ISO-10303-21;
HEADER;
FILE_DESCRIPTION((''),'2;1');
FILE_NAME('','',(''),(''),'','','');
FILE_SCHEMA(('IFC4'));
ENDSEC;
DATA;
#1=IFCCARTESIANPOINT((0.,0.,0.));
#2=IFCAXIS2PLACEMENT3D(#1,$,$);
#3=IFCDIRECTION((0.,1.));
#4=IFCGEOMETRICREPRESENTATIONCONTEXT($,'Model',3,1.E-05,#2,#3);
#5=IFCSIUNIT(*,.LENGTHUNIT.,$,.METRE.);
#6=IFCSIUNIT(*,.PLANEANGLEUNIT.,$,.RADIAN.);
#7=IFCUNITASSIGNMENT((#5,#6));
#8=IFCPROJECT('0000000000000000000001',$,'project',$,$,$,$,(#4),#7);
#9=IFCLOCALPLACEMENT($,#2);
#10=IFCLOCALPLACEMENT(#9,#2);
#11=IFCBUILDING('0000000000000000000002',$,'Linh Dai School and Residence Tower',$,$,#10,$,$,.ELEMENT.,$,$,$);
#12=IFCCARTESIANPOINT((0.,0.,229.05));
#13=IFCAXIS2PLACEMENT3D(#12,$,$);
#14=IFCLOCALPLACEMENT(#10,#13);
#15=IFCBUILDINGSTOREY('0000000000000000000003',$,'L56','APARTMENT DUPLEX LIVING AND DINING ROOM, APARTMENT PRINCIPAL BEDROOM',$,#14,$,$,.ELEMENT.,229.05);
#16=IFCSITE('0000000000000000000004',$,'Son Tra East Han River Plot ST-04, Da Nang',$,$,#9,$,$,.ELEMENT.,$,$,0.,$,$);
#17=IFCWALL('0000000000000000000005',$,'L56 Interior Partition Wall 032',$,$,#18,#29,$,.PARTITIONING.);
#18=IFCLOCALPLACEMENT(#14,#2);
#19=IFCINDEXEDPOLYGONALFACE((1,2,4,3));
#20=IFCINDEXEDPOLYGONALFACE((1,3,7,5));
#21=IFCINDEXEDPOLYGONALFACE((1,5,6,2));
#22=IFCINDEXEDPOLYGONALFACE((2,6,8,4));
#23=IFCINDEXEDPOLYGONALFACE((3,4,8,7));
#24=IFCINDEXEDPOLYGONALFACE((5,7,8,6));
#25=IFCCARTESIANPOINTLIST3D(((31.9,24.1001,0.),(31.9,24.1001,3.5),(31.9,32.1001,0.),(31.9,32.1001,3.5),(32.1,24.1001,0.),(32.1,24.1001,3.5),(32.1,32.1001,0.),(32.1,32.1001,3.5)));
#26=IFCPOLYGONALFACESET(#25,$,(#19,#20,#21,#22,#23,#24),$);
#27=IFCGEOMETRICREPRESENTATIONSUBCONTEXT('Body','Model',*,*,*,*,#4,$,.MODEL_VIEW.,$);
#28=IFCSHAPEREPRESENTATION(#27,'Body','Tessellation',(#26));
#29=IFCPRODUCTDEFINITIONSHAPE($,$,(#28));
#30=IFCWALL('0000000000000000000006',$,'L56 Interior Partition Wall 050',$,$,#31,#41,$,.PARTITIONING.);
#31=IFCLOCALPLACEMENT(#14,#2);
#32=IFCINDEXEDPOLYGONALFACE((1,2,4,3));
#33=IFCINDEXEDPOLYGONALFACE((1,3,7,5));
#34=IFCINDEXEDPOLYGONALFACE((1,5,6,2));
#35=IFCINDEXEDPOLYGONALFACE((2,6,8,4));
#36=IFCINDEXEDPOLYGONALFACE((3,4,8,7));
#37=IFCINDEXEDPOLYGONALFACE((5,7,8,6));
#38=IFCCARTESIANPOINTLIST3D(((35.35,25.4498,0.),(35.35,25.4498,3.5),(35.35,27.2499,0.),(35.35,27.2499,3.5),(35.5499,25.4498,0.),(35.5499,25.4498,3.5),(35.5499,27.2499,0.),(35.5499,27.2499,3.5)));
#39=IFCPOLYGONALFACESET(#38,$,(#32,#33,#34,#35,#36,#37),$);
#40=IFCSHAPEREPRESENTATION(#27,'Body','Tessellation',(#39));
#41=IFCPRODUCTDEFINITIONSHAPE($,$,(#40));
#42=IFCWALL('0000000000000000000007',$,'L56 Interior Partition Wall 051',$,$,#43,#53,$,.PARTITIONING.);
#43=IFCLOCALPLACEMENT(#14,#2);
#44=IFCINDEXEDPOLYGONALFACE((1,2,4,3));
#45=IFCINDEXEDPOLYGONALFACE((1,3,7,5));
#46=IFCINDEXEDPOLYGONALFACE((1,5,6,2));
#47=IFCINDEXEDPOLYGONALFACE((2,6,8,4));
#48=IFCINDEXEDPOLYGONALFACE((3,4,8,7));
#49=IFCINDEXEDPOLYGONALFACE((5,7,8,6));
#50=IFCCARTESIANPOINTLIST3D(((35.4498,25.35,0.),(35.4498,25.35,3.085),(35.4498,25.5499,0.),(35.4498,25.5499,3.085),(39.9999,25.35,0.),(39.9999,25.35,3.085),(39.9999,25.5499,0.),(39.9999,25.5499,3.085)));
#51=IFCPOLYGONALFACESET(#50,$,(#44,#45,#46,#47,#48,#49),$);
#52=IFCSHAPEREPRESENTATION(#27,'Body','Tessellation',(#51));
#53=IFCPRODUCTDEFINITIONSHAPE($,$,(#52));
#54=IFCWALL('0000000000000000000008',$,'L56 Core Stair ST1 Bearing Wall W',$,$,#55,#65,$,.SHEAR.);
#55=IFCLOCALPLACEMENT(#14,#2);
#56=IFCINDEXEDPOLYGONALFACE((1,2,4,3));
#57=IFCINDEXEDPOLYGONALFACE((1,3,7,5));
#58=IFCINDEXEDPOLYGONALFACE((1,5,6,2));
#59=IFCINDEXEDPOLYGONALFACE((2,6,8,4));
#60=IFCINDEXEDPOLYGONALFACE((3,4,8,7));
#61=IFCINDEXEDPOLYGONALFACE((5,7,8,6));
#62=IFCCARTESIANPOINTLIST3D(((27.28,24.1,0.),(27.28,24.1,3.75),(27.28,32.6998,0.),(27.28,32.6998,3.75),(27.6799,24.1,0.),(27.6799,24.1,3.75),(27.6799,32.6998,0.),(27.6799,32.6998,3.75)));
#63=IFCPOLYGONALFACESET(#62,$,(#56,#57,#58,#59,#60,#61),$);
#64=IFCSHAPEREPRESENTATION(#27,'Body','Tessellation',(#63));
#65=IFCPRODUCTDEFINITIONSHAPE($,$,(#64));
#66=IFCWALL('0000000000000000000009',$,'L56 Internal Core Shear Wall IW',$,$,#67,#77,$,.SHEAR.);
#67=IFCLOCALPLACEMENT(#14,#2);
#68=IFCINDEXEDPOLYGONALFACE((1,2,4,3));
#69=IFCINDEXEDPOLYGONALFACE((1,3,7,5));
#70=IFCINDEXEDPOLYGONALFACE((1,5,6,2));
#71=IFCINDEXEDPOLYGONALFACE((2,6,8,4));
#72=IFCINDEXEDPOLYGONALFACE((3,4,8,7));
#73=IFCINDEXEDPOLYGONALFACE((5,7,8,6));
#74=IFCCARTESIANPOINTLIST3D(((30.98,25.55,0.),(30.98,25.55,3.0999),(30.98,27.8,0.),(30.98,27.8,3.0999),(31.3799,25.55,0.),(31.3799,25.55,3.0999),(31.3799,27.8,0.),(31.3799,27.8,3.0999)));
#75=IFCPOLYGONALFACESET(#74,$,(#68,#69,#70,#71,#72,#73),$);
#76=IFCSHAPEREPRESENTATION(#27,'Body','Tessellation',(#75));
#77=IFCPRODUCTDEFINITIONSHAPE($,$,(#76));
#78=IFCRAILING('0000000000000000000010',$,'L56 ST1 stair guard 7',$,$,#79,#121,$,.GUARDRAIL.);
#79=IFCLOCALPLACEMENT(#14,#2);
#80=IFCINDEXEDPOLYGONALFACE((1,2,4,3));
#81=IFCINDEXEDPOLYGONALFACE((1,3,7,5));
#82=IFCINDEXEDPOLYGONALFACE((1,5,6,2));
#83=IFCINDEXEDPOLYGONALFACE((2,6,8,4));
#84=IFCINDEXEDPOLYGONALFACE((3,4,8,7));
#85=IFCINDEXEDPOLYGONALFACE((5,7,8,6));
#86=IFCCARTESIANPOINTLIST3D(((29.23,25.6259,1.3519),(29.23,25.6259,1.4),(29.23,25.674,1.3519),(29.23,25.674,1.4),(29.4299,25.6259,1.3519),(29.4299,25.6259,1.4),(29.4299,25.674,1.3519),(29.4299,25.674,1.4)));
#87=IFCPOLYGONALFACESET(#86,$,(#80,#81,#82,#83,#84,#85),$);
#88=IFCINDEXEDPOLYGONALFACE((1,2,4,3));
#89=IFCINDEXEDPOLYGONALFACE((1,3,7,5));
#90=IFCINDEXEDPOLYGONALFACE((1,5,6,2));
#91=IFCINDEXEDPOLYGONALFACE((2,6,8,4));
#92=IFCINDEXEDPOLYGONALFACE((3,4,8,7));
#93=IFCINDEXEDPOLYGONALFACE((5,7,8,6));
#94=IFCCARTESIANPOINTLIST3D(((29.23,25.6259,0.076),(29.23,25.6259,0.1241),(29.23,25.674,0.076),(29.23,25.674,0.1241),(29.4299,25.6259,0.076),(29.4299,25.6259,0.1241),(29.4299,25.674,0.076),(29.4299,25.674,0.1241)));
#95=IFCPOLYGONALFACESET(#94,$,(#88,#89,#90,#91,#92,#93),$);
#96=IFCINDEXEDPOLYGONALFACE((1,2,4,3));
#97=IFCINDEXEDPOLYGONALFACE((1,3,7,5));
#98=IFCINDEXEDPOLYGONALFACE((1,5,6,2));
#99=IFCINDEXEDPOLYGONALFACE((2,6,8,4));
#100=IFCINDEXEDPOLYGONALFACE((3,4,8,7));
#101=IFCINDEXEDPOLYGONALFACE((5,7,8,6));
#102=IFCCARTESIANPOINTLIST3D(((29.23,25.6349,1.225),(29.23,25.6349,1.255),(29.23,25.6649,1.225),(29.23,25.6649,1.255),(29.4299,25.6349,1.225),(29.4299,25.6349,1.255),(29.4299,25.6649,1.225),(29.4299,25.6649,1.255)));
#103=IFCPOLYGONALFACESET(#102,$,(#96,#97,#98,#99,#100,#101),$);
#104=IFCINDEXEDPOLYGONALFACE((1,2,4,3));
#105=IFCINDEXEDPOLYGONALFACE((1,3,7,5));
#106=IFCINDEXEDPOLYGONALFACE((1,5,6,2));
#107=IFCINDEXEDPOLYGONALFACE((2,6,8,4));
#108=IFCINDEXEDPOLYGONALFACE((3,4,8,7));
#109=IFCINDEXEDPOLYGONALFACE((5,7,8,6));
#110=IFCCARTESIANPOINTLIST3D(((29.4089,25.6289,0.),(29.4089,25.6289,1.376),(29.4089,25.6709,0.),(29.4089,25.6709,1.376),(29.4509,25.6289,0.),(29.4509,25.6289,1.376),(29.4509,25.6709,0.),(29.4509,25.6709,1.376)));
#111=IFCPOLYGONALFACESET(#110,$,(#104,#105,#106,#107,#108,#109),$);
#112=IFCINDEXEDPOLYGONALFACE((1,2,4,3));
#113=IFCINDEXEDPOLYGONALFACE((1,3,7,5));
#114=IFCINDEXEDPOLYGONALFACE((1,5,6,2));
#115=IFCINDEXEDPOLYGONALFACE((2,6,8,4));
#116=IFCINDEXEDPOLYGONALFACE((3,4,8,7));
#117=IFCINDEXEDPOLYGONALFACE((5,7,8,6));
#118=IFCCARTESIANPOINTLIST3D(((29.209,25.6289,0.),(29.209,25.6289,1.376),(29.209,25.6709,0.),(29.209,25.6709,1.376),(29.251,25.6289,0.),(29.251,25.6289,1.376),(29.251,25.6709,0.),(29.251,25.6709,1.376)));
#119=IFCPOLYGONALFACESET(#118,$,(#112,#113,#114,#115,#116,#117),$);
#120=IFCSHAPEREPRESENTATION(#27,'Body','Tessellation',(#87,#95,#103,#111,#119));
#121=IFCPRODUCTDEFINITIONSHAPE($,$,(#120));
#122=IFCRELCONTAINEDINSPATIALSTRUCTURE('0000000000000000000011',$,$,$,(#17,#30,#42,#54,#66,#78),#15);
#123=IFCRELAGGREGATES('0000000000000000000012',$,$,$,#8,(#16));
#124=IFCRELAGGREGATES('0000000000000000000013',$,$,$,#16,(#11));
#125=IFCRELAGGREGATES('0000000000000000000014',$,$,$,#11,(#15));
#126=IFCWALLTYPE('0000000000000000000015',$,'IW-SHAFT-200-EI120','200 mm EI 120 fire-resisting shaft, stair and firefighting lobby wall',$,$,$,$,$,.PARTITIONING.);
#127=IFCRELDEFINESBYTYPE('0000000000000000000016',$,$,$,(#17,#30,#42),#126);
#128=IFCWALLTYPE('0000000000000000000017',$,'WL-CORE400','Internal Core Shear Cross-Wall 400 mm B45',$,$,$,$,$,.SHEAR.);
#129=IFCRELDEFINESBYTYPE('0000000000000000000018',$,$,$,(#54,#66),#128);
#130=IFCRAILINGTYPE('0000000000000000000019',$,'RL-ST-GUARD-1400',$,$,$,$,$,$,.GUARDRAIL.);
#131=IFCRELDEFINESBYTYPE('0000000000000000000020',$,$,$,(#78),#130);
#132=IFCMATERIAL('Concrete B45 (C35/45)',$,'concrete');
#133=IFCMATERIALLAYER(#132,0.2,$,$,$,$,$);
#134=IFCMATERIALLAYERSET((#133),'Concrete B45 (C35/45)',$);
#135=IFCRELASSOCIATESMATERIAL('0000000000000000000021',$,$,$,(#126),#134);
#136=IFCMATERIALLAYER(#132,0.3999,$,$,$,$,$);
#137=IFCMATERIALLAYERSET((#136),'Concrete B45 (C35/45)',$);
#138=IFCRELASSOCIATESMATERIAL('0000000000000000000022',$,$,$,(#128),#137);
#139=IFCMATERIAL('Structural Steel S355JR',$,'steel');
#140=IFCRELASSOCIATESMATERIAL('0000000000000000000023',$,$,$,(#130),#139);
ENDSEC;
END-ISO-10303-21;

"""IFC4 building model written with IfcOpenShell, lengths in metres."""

from ifc_helpers import new_model, si_unit, direction, frame, frame_2d, origin, origin_2d, place, context, subcontext, project, spatial, rectangle, extrude, source, transform, mapped, material, layer, layer_set, type_object, element, save


model = new_model("IFC4")

# Units and contexts
model_context = context("Model", 3, precision=1e-05, world=origin(), true_north=direction((0.0, 1.0)))
body_context = subcontext(model_context, "Body", "Model", "MODEL_VIEW")
ifc_project = project(units=[si_unit("LENGTHUNIT", "METRE"), si_unit("PLANEANGLEUNIT", "RADIAN")], contexts=[model_context])

# Site, building, storey
site_placement = place(None, origin())
site = spatial("IfcSite", under=ifc_project, at=site_placement, Name="Son Tra East Han River Plot ST-04, Da Nang", CompositionType="ELEMENT", RefElevation=0.0)
building_placement = place(site_placement, origin())
building = spatial("IfcBuilding", under=site, at=building_placement, Name="Linh Dai School and Residence Tower", CompositionType="ELEMENT")
storey_placement = place(building_placement, frame((0.0, 0.0, 229.05)))
storey = spatial("IfcBuildingStorey", under=building, at=storey_placement, Name="L56", Description="APARTMENT DUPLEX LIVING AND DINING ROOM, APARTMENT PRINCIPAL BEDROOM", CompositionType="ELEMENT", Elevation=229.05)

# Shared definitions
ifc_material_1 = material(Name="Structural Steel S355JR", Category="steel")

# Shared definitions
ifc_material_2 = material(Name="Concrete B45 (C35/45)", Category="concrete")
ifc_layer_1 = layer(ifc_material_2, 0.2)
ifc_layer_set_1 = layer_set([ifc_layer_1], Name="Concrete B45 (C35/45)")
wall_type_1 = type_object("IfcWallType", Name="IW-SHAFT-200-EI120", Description="200 mm EI 120 fire-resisting shaft, stair and firefighting lobby wall", PredefinedType="PARTITIONING", material=ifc_layer_set_1)

# Wall
wall_1_placement = place(storey_placement, frame((32.0, 24.1001, 0.0), z_axis=(0.0, 0.0, 1.0), x_axis=(0.0, 1.0, 0.0)))
element("IfcWall", 1, at=wall_1_placement, inside=storey, type_object=wall_type_1, Name="L56 Interior Partition Wall 032", PredefinedType="PARTITIONING", context=body_context, shape_type="SweptSolid", body=[
    extrude(rectangle(XDim=8.0, YDim=0.2, at=frame_2d((4.0, 0.0))), origin(), (0.0, 0.0, 1.0), 3.5),
])

# Walls
wall_2_placement = place(storey_placement, frame((35.45, 25.45, 0.0), z_axis=(0.0, 0.0, 1.0), x_axis=(0.0, 1.0, 0.0)))
element("IfcWall", 2, at=wall_2_placement, inside=storey, type_object=wall_type_1, Name="L56 Interior Partition Wall 050", PredefinedType="PARTITIONING", context=body_context, shape_type="SweptSolid", body=[
    extrude(rectangle(XDim=1.8, YDim=0.2, at=frame_2d((0.8999, 0.0))), origin(), (0.0, 0.0, 1.0), 3.5),
])
wall_3_placement = place(storey_placement, frame((35.45, 25.45, 0.0), z_axis=(0.0, 0.0, 1.0), x_axis=(1.0, 0.0, 0.0)))
element("IfcWall", 3, at=wall_3_placement, inside=storey, type_object=wall_type_1, Name="L56 Interior Partition Wall 051", PredefinedType="PARTITIONING", context=body_context, shape_type="SweptSolid", body=[
    extrude(rectangle(XDim=4.55, YDim=0.2, at=frame_2d((2.2749, 0.0))), origin(), (0.0, 0.0, 1.0), 3.085),
])
ifc_layer_2 = layer(ifc_material_2, 0.3999)
ifc_layer_set_2 = layer_set([ifc_layer_2], Name="Concrete B45 (C35/45)")
wall_type_2 = type_object("IfcWallType", Name="WL-CORE400", Description="Internal Core Shear Cross-Wall 400 mm B45", PredefinedType="SHEAR", material=ifc_layer_set_2)
wall_4_placement = place(storey_placement, frame((27.48, 24.1001, 0.0), z_axis=(0.0, 0.0, 1.0), x_axis=(0.0, 1.0, 0.0)))
element("IfcWall", 4, at=wall_4_placement, inside=storey, type_object=wall_type_2, Name="L56 Core Stair ST1 Bearing Wall W", PredefinedType="SHEAR", context=body_context, shape_type="SweptSolid", body=[
    extrude(rectangle(XDim=8.5999, YDim=0.3999, at=frame_2d((4.2998, 0.0))), origin(), (0.0, 0.0, 1.0), 3.75),
])
wall_5_placement = place(storey_placement, frame((31.1799, 25.55, 0.0), z_axis=(0.0, 0.0, 1.0), x_axis=(0.0, 1.0, 0.0)))
element("IfcWall", 5, at=wall_5_placement, inside=storey, type_object=wall_type_2, Name="L56 Internal Core Shear Wall IW", PredefinedType="SHEAR", context=body_context, shape_type="SweptSolid", body=[
    extrude(rectangle(XDim=2.25, YDim=0.3999, at=frame_2d((1.125, 0.0))), origin(), (0.0, 0.0, 1.0), 3.0999),
])

# Railing
railing_type = type_object("IfcRailingType", Name="RL-ST-GUARD-1400", PredefinedType="GUARDRAIL", material=ifc_material_1)
shared_shape_1 = source(origin(), body_context, "Body", "SweptSolid", [
    extrude(rectangle(XDim=0.0481, YDim=0.0481, at=origin_2d()), frame((0.0, 0.0, 1.376), z_axis=(-1.0, 0.0, 0.0), x_axis=(0.0, -1.0, 0.0)), (0.0, 0.0, 1.0), 0.2),
    extrude(rectangle(XDim=0.0481, YDim=0.0481, at=origin_2d()), frame((0.0, 0.0, 0.1001), z_axis=(-1.0, 0.0, 0.0), x_axis=(0.0, -1.0, 0.0)), (0.0, 0.0, 1.0), 0.2),
    extrude(rectangle(XDim=0.03, YDim=0.03, at=origin_2d()), frame((0.0, 0.0, 1.24), z_axis=(-1.0, 0.0, 0.0), x_axis=(0.0, -1.0, 0.0)), (0.0, 0.0, 1.0), 0.2),
    extrude(rectangle(XDim=0.042, YDim=0.042, at=origin_2d()), origin(), (0.0, 0.0, 1.0), 1.376),
    extrude(rectangle(XDim=0.042, YDim=0.042, at=origin_2d()), frame((-0.2, 0.0, 0.0)), (0.0, 0.0, 1.0), 1.376),
])
railing_placement = place(storey_placement, frame((29.4299, 25.6499, 0.0)))
element("IfcRailing", 6, at=railing_placement, inside=storey, type_object=railing_type, Name="L56 ST1 stair guard 7", PredefinedType="GUARDRAIL", context=body_context, shape_type="MappedRepresentation", body=[
    mapped(shared_shape_1, transform((0.0, 0.0, 0.0), x_axis=(1.0, 0.0, 0.0), y_axis=(0.0, 1.0, 0.0), z_axis=(0.0, 0.0, 1.0), scale=1.0)),
])

save(model, "model.ifc")
